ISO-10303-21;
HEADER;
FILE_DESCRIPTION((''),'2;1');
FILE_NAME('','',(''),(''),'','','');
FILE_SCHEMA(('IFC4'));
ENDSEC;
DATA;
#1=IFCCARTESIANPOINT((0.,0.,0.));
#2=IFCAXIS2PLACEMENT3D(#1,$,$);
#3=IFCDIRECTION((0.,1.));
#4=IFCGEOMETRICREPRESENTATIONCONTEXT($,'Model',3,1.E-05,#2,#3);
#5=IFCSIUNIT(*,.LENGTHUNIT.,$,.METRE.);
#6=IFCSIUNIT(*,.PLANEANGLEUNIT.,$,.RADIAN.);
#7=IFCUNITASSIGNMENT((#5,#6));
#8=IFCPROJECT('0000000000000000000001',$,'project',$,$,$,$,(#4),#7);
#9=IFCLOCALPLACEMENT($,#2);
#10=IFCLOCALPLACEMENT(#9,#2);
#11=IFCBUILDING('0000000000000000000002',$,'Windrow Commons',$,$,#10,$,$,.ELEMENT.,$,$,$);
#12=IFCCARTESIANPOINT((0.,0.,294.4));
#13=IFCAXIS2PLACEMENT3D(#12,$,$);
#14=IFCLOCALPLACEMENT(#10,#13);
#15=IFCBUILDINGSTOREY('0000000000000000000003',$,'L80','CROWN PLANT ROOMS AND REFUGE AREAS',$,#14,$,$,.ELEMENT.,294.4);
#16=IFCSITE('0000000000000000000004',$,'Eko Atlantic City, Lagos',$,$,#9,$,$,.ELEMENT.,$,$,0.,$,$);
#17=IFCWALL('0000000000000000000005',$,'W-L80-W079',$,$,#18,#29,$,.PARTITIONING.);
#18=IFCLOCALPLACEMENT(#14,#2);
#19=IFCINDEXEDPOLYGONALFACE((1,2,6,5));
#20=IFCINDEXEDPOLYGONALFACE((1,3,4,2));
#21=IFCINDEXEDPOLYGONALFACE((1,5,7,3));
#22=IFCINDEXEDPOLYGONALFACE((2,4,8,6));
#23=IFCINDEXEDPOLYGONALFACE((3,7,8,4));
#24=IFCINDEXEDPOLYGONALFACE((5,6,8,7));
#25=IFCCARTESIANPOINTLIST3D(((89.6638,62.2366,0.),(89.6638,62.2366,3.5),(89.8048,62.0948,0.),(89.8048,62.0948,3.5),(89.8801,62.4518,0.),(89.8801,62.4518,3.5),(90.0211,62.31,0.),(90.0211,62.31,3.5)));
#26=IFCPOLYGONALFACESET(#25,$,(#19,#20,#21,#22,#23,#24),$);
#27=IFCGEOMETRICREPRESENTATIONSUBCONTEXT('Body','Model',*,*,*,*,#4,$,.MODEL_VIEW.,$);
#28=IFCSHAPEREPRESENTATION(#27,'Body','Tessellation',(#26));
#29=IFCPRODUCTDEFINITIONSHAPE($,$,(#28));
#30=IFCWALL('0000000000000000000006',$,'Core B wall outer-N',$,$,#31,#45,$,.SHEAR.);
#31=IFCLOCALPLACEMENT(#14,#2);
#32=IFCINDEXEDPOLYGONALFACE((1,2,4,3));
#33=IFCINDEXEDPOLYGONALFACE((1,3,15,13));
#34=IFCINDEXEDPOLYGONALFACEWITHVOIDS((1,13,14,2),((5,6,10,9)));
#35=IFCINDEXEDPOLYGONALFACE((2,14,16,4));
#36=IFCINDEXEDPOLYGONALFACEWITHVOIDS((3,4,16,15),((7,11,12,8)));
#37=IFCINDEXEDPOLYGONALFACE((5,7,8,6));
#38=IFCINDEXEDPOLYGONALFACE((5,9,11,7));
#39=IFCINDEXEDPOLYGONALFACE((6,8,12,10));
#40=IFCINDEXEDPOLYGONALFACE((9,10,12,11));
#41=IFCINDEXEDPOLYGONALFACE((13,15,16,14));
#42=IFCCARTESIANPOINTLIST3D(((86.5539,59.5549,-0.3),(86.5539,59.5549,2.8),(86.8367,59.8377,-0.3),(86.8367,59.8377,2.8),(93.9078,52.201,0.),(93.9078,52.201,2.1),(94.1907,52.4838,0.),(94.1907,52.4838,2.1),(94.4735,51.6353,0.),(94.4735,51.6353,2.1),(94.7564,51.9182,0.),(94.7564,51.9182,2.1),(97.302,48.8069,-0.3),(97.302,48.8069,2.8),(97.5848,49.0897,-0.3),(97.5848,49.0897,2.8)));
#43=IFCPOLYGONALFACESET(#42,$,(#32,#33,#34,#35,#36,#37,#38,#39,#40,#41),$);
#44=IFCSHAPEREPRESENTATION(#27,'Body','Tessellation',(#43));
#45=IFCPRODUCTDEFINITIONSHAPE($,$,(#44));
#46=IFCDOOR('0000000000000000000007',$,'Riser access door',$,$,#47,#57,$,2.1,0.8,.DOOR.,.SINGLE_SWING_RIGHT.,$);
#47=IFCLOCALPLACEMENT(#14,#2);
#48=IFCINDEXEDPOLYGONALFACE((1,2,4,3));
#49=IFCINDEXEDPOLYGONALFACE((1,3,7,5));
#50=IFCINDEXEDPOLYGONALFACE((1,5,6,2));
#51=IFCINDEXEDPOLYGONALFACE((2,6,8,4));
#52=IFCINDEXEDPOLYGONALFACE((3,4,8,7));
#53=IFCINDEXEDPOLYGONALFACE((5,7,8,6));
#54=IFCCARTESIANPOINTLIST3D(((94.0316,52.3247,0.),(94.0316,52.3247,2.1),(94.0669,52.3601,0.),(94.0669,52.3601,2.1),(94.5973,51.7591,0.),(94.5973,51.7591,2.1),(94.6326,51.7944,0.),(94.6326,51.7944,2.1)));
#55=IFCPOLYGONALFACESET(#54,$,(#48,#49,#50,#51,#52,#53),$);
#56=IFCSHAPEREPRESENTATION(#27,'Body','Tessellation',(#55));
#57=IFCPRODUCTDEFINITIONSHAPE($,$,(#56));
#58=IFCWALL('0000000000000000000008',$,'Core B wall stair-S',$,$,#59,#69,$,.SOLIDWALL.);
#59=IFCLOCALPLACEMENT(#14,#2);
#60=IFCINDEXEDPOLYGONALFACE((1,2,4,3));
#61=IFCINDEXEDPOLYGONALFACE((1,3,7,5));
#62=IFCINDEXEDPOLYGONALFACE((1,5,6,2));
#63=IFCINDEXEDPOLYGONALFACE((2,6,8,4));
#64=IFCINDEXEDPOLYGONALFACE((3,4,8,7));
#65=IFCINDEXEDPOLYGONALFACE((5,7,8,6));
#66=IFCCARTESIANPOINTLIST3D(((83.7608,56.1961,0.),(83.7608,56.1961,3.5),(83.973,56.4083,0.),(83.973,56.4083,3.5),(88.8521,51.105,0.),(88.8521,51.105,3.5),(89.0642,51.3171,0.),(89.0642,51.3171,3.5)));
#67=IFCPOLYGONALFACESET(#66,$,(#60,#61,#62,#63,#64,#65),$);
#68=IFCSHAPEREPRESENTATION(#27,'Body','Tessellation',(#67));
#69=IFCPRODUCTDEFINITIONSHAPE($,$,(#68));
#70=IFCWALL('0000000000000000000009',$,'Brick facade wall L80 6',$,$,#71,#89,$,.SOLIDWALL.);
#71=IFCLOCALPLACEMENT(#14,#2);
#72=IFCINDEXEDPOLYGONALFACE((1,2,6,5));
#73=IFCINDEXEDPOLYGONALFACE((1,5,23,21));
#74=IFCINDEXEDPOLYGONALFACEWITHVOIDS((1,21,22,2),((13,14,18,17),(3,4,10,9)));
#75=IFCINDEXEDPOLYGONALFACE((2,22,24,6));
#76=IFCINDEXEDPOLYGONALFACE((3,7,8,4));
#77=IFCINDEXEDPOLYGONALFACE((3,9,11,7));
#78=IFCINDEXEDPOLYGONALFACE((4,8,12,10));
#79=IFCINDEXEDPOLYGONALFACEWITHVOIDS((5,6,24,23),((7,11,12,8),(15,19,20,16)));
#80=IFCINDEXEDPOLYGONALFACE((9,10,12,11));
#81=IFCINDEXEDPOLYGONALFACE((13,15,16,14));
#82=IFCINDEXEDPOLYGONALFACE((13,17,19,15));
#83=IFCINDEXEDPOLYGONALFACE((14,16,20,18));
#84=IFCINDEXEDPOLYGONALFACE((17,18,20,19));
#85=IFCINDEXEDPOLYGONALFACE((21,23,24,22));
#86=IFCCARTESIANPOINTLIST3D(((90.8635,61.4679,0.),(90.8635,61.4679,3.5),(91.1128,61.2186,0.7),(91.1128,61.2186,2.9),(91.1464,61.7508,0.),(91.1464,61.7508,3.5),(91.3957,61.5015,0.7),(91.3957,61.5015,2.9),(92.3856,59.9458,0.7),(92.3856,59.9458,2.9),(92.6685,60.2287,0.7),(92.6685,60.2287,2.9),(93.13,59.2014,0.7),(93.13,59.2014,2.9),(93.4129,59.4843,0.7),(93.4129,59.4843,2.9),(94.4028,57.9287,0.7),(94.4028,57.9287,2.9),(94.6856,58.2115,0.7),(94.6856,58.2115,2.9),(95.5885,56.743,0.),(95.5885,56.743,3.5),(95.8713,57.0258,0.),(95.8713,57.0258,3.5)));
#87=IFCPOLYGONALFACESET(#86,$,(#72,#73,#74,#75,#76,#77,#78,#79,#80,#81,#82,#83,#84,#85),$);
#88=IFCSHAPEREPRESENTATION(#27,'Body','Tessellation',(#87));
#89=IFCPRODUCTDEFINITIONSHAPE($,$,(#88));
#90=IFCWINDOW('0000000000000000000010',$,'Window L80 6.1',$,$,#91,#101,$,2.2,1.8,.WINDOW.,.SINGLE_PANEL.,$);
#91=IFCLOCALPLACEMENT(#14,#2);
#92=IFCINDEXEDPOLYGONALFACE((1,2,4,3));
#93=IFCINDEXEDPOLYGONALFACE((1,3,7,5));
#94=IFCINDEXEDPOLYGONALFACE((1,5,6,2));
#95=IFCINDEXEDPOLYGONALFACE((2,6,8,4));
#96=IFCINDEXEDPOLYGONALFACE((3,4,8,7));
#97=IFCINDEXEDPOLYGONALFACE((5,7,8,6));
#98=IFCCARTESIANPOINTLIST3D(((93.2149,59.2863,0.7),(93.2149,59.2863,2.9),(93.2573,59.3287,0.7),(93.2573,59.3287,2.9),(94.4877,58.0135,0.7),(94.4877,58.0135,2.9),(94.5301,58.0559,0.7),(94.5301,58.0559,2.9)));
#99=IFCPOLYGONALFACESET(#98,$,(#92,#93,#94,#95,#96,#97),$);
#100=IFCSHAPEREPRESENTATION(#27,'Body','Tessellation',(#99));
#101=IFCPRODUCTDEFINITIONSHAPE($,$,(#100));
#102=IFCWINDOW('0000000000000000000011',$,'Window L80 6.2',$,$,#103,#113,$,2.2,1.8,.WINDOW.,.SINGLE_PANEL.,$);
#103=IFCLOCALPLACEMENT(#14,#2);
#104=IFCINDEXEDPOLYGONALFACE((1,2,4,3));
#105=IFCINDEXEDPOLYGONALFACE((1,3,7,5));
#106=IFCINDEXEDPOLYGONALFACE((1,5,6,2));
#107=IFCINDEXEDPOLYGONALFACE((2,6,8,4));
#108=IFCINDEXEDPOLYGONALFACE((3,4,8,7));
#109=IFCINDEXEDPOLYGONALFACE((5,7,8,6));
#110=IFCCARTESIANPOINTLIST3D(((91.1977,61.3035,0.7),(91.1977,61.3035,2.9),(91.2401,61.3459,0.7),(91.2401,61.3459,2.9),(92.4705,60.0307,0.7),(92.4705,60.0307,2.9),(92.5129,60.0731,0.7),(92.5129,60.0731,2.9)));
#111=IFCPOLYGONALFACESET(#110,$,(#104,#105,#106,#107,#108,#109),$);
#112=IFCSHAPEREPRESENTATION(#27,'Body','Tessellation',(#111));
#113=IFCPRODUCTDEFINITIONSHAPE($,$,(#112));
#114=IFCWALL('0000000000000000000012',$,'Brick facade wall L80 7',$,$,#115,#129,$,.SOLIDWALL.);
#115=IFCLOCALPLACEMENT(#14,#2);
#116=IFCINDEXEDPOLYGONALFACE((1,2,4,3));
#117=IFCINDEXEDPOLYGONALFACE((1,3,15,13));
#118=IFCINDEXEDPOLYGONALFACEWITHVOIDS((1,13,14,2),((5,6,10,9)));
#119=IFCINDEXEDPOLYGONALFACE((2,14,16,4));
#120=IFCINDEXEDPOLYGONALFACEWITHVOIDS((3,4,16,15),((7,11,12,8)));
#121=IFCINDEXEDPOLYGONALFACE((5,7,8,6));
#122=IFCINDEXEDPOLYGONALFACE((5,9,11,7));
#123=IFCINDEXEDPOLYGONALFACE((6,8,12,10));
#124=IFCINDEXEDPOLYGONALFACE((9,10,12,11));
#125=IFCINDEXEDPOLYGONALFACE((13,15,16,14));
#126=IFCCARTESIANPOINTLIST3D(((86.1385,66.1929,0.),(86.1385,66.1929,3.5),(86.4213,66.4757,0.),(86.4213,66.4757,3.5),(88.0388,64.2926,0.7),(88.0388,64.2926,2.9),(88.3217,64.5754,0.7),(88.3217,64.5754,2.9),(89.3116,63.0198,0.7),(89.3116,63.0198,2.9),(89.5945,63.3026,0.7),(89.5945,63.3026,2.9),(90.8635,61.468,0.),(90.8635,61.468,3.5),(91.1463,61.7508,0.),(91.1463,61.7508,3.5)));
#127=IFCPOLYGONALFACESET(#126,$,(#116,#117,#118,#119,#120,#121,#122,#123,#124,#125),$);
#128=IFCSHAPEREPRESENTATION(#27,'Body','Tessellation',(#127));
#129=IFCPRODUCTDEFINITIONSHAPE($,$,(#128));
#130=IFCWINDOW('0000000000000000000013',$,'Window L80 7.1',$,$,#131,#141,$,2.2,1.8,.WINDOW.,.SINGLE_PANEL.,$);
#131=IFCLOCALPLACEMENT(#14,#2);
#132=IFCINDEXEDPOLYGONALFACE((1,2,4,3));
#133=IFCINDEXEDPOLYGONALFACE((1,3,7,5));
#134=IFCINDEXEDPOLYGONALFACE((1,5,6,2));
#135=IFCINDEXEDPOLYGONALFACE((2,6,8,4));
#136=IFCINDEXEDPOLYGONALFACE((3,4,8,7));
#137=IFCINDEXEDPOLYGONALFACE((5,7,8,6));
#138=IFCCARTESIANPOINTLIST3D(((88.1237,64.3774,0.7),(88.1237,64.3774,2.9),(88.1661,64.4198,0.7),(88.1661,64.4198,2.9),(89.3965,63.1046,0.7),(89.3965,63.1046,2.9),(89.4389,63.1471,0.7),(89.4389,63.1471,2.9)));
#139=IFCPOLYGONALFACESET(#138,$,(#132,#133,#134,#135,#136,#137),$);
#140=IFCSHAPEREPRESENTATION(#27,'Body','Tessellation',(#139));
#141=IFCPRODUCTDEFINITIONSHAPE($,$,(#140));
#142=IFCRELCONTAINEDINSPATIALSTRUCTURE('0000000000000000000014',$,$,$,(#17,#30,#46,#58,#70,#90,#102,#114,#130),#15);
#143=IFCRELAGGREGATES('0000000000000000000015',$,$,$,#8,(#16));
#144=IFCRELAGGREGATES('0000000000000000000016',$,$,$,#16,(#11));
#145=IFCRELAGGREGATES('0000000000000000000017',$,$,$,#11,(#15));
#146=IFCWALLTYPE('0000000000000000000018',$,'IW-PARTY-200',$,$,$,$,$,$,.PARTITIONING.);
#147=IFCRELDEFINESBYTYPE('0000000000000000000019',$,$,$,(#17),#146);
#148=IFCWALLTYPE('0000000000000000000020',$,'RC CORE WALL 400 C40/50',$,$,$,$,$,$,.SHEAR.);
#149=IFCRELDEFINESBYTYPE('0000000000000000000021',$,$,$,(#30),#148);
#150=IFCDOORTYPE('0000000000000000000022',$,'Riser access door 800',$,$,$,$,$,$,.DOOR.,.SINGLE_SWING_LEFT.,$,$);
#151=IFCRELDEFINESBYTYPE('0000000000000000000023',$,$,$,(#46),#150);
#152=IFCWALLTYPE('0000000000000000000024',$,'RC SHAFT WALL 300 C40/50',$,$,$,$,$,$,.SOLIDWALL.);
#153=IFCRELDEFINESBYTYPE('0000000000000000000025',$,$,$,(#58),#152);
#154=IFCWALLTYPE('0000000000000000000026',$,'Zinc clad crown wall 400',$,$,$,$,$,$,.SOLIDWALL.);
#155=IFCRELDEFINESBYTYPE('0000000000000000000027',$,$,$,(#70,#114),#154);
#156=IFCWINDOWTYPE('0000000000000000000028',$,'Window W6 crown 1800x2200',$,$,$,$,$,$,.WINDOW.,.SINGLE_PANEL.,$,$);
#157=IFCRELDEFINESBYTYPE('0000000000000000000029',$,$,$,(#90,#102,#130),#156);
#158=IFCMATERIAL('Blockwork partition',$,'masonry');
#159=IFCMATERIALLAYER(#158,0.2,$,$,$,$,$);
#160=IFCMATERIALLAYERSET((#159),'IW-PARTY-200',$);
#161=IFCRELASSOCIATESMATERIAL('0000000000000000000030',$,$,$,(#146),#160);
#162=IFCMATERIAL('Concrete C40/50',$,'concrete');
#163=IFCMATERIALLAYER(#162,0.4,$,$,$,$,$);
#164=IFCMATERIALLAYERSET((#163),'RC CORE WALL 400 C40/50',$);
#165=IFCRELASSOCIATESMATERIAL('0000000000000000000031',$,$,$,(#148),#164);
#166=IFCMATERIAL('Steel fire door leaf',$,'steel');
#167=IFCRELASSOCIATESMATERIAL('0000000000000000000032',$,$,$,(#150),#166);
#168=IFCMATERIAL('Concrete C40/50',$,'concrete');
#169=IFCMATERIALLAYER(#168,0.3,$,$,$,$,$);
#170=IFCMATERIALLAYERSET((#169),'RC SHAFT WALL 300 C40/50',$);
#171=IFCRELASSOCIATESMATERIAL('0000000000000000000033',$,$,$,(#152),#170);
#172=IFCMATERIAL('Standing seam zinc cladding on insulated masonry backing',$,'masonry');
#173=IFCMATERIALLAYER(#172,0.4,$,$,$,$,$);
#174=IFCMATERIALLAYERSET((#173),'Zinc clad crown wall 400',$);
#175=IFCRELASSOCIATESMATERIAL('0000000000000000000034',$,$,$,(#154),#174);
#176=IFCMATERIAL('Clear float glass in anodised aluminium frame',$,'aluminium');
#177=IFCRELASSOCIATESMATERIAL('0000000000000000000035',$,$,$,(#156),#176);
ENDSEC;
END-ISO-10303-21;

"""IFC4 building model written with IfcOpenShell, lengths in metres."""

from ifc_helpers import new_model, si_unit, direction, frame, frame_2d, origin, place, context, subcontext, project, spatial, polyline, rectangle, outline, extrude, material, layer, layer_set, type_object, element, fill, save


model = new_model("IFC4")

# Units and contexts
model_context = context("Model", 3, precision=1e-05, world=origin(), true_north=direction((0.0, 1.0)))
body_context = subcontext(model_context, "Body", "Model", "MODEL_VIEW")
ifc_project = project(units=[si_unit("LENGTHUNIT", "METRE"), si_unit("PLANEANGLEUNIT", "RADIAN")], contexts=[model_context])

# Site, building, storey
site_placement = place(None, origin())
site = spatial("IfcSite", under=ifc_project, at=site_placement, Name="Eko Atlantic City, Lagos", CompositionType="ELEMENT", RefElevation=0.0)
building_placement = place(site_placement, origin())
building = spatial("IfcBuilding", under=site, at=building_placement, Name="Windrow Commons", CompositionType="ELEMENT")
storey_placement = place(building_placement, frame((0.0, 0.0, 294.4)))
storey = spatial("IfcBuildingStorey", under=building, at=storey_placement, Name="L80", Description="CROWN PLANT ROOMS AND REFUGE AREAS", CompositionType="ELEMENT", Elevation=294.4)

# Wall
ifc_material_1 = material(Name="Blockwork partition", Category="masonry")
ifc_layer_1 = layer(ifc_material_1, 0.2)
ifc_layer_set_1 = layer_set([ifc_layer_1], Name="IW-PARTY-200")
wall_type_1 = type_object("IfcWallType", Name="IW-PARTY-200", PredefinedType="PARTITIONING", material=ifc_layer_set_1)
wall_1_placement = place(storey_placement, frame((89.7343, 62.1657, 0.0), z_axis=(0.0, 0.0, 1.0), x_axis=(0.708907, 0.705302, 0.0)))
element("IfcWall", 1, at=wall_1_placement, inside=storey, type_object=wall_type_1, Name="W-L80-W079", PredefinedType="PARTITIONING", context=body_context, shape_type="SweptSolid", body=[
    extrude(outline(polyline([(0.0, -0.1), (0.3051, -0.1), (0.3051, 0.1), (0.0, 0.1), (0.0, -0.1)])), origin(), (0.0, 0.0, 1.0), 3.5),
])

# Wall, opening, door
ifc_material_2 = material(Name="Concrete C40/50", Category="concrete")
ifc_layer_2 = layer(ifc_material_2, 0.4)
ifc_layer_set_2 = layer_set([ifc_layer_2], Name="RC CORE WALL 400 C40/50")
wall_type_2 = type_object("IfcWallType", Name="RC CORE WALL 400 C40/50", PredefinedType="SHEAR", material=ifc_layer_set_2)
wall_2_placement = place(storey_placement, frame((86.6953, 59.6963, -0.3), z_axis=(0.0, 0.0, 1.0), x_axis=(0.70711, -0.707103, 0.0)))
wall_2 = element("IfcWall", 2, at=wall_2_placement, inside=storey, type_object=wall_type_2, Name="Core B wall outer-N", PredefinedType="SHEAR", context=body_context, shape_type="SweptSolid", body=[
    extrude(outline(polyline([(0.0, 0.0), (15.2, 0.0), (15.2, 3.1), (0.0, 3.1), (0.0, 0.0)])), frame((0.0, 0.2, 0.0), z_axis=(0.0, -1.0, 0.0), x_axis=(1.0, 0.0, 0.0)), (0.0, 0.0, 1.0), 0.4),
])
opening_1_placement = place(wall_2_placement, frame((10.4, 0.0, 0.3)))
opening_1 = element("IfcOpeningElement", 3, at=opening_1_placement, cuts=wall_2, PredefinedType="OPENING", context=body_context, shape_type="SweptSolid", body=[
    extrude(rectangle(XDim=0.8, YDim=2.1, at=frame_2d((0.4, 1.05))), frame((0.0, 0.21, 0.0), z_axis=(0.0, -1.0, 0.0), x_axis=(1.0, 0.0, 0.0)), (0.0, 0.0, 1.0), 0.42),
])
ifc_material_3 = material(Name="Steel fire door leaf", Category="steel")
door_type_1 = type_object("IfcDoorType", Name="Riser access door 800", OperationType="SINGLE_SWING_LEFT", PredefinedType="DOOR", material=ifc_material_3)
door_1_placement = place(opening_1_placement, origin())
door_1 = element("IfcDoor", 4, at=door_1_placement, inside=storey, type_object=door_type_1, Name="Riser access door", OperationType="SINGLE_SWING_RIGHT", OverallHeight=2.1, OverallWidth=0.8, PredefinedType="DOOR", context=body_context, shape_type="SweptSolid", body=[
    extrude(rectangle(XDim=0.8, YDim=2.1, at=frame_2d((0.4, 1.05))), frame((0.0, 0.025, 0.0), z_axis=(0.0, -1.0, 0.0), x_axis=(1.0, 0.0, 0.0)), (0.0, 0.0, 1.0), 0.05),
])
fill(opening_1, door_1)

# Wall
ifc_material_4 = material(Name="Concrete C40/50", Category="concrete")
ifc_layer_3 = layer(ifc_material_4, 0.3)
ifc_layer_set_3 = layer_set([ifc_layer_3], Name="RC SHAFT WALL 300 C40/50")
wall_type_3 = type_object("IfcWallType", Name="RC SHAFT WALL 300 C40/50", PredefinedType="SOLIDWALL", material=ifc_layer_set_3)
wall_3_placement = place(storey_placement, frame((83.8669, 56.3022, 0.0), z_axis=(0.0, 0.0, 1.0), x_axis=(0.707114, -0.7071, 0.0)))
element("IfcWall", 5, at=wall_3_placement, inside=storey, type_object=wall_type_3, Name="Core B wall stair-S", PredefinedType="SOLIDWALL", context=body_context, shape_type="SweptSolid", body=[
    extrude(outline(polyline([(0.0, 0.0), (7.2, 0.0), (7.2, 3.5), (0.0, 3.5), (0.0, 0.0)])), frame((0.0, 0.15, 0.0), z_axis=(0.0, -1.0, 0.0), x_axis=(1.0, 0.0, 0.0)), (0.0, 0.0, 1.0), 0.3),
])

# Wall, openings, windows
ifc_material_5 = material(Name="Standing seam zinc cladding on insulated masonry backing", Category="masonry")
ifc_layer_4 = layer(ifc_material_5, 0.4)
ifc_layer_set_4 = layer_set([ifc_layer_4], Name="Zinc clad crown wall 400")
wall_type_4 = type_object("IfcWallType", Name="Zinc clad crown wall 400", PredefinedType="SOLIDWALL", material=ifc_layer_set_4)
wall_4_placement = place(storey_placement, frame((95.7299, 56.8844, 0.0), z_axis=(0.0, 0.0, 1.0), x_axis=(-0.707107, 0.707107, 0.0)))
wall_4 = element("IfcWall", 6, at=wall_4_placement, inside=storey, type_object=wall_type_4, Name="Brick facade wall L80 6", PredefinedType="SOLIDWALL", context=body_context, shape_type="SweptSolid", body=[
    extrude(outline(polyline([(0.0, -0.2), (6.6821, -0.2), (6.6821, 0.2), (0.0, 0.2), (0.0, -0.2)])), origin(), (0.0, 0.0, 1.0), 3.5),
])
opening_2_placement = place(wall_4_placement, frame((1.6768, 0.0, 0.7)))
opening_2 = element("IfcOpeningElement", 7, at=opening_2_placement, cuts=wall_4, PredefinedType="OPENING", context=body_context, shape_type="SweptSolid", body=[
    extrude(rectangle(XDim=1.8, YDim=2.2, at=frame_2d((0.9, 1.1))), frame((0.0, 0.21, 0.0), z_axis=(0.0, -1.0, 0.0), x_axis=(1.0, 0.0, 0.0)), (0.0, 0.0, 1.0), 0.42),
])
opening_3_placement = place(wall_4_placement, frame((4.5295, 0.0, 0.7)))
opening_3 = element("IfcOpeningElement", 8, at=opening_3_placement, cuts=wall_4, PredefinedType="OPENING", context=body_context, shape_type="SweptSolid", body=[
    extrude(rectangle(XDim=1.8, YDim=2.2, at=frame_2d((0.9, 1.1))), frame((0.0, 0.21, 0.0), z_axis=(0.0, -1.0, 0.0), x_axis=(1.0, 0.0, 0.0)), (0.0, 0.0, 1.0), 0.42),
])
ifc_material_6 = material(Name="Clear float glass in anodised aluminium frame", Category="aluminium")
window_type = type_object("IfcWindowType", Name="Window W6 crown 1800x2200", PartitioningType="SINGLE_PANEL", PredefinedType="WINDOW", material=ifc_material_6)
window_1_placement = place(opening_2_placement, origin())
window_1 = element("IfcWindow", 9, at=window_1_placement, inside=storey, type_object=window_type, Name="Window L80 6.1", OverallHeight=2.2, OverallWidth=1.8, PartitioningType="SINGLE_PANEL", PredefinedType="WINDOW", context=body_context, shape_type="SweptSolid", body=[
    extrude(rectangle(XDim=1.8, YDim=2.2, at=frame_2d((0.9, 1.1))), frame((0.0, 0.08, 0.0), z_axis=(0.0, -1.0, 0.0), x_axis=(1.0, 0.0, 0.0)), (0.0, 0.0, 1.0), 0.06),
])
fill(opening_2, window_1)
window_2_placement = place(opening_3_placement, origin())
window_2 = element("IfcWindow", 10, at=window_2_placement, inside=storey, type_object=window_type, Name="Window L80 6.2", OverallHeight=2.2, OverallWidth=1.8, PartitioningType="SINGLE_PANEL", PredefinedType="WINDOW", context=body_context, shape_type="SweptSolid", body=[
    extrude(rectangle(XDim=1.8, YDim=2.2, at=frame_2d((0.9, 1.1))), frame((0.0, 0.08, 0.0), z_axis=(0.0, -1.0, 0.0), x_axis=(1.0, 0.0, 0.0)), (0.0, 0.0, 1.0), 0.06),
])
fill(opening_3, window_2)

# Wall, opening, window
wall_5_placement = place(storey_placement, frame((91.0049, 61.6094, 0.0), z_axis=(0.0, 0.0, 1.0), x_axis=(-0.707114, 0.707099, 0.0)))
wall_5 = element("IfcWall", 11, at=wall_5_placement, inside=storey, type_object=wall_type_4, Name="Brick facade wall L80 7", PredefinedType="SOLIDWALL", context=body_context, shape_type="SweptSolid", body=[
    extrude(outline(polyline([(0.0, -0.2), (6.6821, -0.2), (6.6821, 0.2), (0.0, 0.2), (0.0, -0.2)])), origin(), (0.0, 0.0, 1.0), 3.5),
])
opening_4_placement = place(wall_5_placement, frame((2.1946, 0.0, 0.7)))
opening_4 = element("IfcOpeningElement", 12, at=opening_4_placement, cuts=wall_5, PredefinedType="OPENING", context=body_context, shape_type="SweptSolid", body=[
    extrude(rectangle(XDim=1.8, YDim=2.2, at=frame_2d((0.9, 1.1))), frame((0.0, 0.21, 0.0), z_axis=(0.0, -1.0, 0.0), x_axis=(1.0, 0.0, 0.0)), (0.0, 0.0, 1.0), 0.42),
])
window_3_placement = place(opening_4_placement, origin())
window_3 = element("IfcWindow", 13, at=window_3_placement, inside=storey, type_object=window_type, Name="Window L80 7.1", OverallHeight=2.2, OverallWidth=1.8, PartitioningType="SINGLE_PANEL", PredefinedType="WINDOW", context=body_context, shape_type="SweptSolid", body=[
    extrude(rectangle(XDim=1.8, YDim=2.2, at=frame_2d((0.9, 1.1))), frame((0.0, 0.08, 0.0), z_axis=(0.0, -1.0, 0.0), x_axis=(1.0, 0.0, 0.0)), (0.0, 0.0, 1.0), 0.06),
])
fill(opening_4, window_3)

save(model, "model.ifc")
